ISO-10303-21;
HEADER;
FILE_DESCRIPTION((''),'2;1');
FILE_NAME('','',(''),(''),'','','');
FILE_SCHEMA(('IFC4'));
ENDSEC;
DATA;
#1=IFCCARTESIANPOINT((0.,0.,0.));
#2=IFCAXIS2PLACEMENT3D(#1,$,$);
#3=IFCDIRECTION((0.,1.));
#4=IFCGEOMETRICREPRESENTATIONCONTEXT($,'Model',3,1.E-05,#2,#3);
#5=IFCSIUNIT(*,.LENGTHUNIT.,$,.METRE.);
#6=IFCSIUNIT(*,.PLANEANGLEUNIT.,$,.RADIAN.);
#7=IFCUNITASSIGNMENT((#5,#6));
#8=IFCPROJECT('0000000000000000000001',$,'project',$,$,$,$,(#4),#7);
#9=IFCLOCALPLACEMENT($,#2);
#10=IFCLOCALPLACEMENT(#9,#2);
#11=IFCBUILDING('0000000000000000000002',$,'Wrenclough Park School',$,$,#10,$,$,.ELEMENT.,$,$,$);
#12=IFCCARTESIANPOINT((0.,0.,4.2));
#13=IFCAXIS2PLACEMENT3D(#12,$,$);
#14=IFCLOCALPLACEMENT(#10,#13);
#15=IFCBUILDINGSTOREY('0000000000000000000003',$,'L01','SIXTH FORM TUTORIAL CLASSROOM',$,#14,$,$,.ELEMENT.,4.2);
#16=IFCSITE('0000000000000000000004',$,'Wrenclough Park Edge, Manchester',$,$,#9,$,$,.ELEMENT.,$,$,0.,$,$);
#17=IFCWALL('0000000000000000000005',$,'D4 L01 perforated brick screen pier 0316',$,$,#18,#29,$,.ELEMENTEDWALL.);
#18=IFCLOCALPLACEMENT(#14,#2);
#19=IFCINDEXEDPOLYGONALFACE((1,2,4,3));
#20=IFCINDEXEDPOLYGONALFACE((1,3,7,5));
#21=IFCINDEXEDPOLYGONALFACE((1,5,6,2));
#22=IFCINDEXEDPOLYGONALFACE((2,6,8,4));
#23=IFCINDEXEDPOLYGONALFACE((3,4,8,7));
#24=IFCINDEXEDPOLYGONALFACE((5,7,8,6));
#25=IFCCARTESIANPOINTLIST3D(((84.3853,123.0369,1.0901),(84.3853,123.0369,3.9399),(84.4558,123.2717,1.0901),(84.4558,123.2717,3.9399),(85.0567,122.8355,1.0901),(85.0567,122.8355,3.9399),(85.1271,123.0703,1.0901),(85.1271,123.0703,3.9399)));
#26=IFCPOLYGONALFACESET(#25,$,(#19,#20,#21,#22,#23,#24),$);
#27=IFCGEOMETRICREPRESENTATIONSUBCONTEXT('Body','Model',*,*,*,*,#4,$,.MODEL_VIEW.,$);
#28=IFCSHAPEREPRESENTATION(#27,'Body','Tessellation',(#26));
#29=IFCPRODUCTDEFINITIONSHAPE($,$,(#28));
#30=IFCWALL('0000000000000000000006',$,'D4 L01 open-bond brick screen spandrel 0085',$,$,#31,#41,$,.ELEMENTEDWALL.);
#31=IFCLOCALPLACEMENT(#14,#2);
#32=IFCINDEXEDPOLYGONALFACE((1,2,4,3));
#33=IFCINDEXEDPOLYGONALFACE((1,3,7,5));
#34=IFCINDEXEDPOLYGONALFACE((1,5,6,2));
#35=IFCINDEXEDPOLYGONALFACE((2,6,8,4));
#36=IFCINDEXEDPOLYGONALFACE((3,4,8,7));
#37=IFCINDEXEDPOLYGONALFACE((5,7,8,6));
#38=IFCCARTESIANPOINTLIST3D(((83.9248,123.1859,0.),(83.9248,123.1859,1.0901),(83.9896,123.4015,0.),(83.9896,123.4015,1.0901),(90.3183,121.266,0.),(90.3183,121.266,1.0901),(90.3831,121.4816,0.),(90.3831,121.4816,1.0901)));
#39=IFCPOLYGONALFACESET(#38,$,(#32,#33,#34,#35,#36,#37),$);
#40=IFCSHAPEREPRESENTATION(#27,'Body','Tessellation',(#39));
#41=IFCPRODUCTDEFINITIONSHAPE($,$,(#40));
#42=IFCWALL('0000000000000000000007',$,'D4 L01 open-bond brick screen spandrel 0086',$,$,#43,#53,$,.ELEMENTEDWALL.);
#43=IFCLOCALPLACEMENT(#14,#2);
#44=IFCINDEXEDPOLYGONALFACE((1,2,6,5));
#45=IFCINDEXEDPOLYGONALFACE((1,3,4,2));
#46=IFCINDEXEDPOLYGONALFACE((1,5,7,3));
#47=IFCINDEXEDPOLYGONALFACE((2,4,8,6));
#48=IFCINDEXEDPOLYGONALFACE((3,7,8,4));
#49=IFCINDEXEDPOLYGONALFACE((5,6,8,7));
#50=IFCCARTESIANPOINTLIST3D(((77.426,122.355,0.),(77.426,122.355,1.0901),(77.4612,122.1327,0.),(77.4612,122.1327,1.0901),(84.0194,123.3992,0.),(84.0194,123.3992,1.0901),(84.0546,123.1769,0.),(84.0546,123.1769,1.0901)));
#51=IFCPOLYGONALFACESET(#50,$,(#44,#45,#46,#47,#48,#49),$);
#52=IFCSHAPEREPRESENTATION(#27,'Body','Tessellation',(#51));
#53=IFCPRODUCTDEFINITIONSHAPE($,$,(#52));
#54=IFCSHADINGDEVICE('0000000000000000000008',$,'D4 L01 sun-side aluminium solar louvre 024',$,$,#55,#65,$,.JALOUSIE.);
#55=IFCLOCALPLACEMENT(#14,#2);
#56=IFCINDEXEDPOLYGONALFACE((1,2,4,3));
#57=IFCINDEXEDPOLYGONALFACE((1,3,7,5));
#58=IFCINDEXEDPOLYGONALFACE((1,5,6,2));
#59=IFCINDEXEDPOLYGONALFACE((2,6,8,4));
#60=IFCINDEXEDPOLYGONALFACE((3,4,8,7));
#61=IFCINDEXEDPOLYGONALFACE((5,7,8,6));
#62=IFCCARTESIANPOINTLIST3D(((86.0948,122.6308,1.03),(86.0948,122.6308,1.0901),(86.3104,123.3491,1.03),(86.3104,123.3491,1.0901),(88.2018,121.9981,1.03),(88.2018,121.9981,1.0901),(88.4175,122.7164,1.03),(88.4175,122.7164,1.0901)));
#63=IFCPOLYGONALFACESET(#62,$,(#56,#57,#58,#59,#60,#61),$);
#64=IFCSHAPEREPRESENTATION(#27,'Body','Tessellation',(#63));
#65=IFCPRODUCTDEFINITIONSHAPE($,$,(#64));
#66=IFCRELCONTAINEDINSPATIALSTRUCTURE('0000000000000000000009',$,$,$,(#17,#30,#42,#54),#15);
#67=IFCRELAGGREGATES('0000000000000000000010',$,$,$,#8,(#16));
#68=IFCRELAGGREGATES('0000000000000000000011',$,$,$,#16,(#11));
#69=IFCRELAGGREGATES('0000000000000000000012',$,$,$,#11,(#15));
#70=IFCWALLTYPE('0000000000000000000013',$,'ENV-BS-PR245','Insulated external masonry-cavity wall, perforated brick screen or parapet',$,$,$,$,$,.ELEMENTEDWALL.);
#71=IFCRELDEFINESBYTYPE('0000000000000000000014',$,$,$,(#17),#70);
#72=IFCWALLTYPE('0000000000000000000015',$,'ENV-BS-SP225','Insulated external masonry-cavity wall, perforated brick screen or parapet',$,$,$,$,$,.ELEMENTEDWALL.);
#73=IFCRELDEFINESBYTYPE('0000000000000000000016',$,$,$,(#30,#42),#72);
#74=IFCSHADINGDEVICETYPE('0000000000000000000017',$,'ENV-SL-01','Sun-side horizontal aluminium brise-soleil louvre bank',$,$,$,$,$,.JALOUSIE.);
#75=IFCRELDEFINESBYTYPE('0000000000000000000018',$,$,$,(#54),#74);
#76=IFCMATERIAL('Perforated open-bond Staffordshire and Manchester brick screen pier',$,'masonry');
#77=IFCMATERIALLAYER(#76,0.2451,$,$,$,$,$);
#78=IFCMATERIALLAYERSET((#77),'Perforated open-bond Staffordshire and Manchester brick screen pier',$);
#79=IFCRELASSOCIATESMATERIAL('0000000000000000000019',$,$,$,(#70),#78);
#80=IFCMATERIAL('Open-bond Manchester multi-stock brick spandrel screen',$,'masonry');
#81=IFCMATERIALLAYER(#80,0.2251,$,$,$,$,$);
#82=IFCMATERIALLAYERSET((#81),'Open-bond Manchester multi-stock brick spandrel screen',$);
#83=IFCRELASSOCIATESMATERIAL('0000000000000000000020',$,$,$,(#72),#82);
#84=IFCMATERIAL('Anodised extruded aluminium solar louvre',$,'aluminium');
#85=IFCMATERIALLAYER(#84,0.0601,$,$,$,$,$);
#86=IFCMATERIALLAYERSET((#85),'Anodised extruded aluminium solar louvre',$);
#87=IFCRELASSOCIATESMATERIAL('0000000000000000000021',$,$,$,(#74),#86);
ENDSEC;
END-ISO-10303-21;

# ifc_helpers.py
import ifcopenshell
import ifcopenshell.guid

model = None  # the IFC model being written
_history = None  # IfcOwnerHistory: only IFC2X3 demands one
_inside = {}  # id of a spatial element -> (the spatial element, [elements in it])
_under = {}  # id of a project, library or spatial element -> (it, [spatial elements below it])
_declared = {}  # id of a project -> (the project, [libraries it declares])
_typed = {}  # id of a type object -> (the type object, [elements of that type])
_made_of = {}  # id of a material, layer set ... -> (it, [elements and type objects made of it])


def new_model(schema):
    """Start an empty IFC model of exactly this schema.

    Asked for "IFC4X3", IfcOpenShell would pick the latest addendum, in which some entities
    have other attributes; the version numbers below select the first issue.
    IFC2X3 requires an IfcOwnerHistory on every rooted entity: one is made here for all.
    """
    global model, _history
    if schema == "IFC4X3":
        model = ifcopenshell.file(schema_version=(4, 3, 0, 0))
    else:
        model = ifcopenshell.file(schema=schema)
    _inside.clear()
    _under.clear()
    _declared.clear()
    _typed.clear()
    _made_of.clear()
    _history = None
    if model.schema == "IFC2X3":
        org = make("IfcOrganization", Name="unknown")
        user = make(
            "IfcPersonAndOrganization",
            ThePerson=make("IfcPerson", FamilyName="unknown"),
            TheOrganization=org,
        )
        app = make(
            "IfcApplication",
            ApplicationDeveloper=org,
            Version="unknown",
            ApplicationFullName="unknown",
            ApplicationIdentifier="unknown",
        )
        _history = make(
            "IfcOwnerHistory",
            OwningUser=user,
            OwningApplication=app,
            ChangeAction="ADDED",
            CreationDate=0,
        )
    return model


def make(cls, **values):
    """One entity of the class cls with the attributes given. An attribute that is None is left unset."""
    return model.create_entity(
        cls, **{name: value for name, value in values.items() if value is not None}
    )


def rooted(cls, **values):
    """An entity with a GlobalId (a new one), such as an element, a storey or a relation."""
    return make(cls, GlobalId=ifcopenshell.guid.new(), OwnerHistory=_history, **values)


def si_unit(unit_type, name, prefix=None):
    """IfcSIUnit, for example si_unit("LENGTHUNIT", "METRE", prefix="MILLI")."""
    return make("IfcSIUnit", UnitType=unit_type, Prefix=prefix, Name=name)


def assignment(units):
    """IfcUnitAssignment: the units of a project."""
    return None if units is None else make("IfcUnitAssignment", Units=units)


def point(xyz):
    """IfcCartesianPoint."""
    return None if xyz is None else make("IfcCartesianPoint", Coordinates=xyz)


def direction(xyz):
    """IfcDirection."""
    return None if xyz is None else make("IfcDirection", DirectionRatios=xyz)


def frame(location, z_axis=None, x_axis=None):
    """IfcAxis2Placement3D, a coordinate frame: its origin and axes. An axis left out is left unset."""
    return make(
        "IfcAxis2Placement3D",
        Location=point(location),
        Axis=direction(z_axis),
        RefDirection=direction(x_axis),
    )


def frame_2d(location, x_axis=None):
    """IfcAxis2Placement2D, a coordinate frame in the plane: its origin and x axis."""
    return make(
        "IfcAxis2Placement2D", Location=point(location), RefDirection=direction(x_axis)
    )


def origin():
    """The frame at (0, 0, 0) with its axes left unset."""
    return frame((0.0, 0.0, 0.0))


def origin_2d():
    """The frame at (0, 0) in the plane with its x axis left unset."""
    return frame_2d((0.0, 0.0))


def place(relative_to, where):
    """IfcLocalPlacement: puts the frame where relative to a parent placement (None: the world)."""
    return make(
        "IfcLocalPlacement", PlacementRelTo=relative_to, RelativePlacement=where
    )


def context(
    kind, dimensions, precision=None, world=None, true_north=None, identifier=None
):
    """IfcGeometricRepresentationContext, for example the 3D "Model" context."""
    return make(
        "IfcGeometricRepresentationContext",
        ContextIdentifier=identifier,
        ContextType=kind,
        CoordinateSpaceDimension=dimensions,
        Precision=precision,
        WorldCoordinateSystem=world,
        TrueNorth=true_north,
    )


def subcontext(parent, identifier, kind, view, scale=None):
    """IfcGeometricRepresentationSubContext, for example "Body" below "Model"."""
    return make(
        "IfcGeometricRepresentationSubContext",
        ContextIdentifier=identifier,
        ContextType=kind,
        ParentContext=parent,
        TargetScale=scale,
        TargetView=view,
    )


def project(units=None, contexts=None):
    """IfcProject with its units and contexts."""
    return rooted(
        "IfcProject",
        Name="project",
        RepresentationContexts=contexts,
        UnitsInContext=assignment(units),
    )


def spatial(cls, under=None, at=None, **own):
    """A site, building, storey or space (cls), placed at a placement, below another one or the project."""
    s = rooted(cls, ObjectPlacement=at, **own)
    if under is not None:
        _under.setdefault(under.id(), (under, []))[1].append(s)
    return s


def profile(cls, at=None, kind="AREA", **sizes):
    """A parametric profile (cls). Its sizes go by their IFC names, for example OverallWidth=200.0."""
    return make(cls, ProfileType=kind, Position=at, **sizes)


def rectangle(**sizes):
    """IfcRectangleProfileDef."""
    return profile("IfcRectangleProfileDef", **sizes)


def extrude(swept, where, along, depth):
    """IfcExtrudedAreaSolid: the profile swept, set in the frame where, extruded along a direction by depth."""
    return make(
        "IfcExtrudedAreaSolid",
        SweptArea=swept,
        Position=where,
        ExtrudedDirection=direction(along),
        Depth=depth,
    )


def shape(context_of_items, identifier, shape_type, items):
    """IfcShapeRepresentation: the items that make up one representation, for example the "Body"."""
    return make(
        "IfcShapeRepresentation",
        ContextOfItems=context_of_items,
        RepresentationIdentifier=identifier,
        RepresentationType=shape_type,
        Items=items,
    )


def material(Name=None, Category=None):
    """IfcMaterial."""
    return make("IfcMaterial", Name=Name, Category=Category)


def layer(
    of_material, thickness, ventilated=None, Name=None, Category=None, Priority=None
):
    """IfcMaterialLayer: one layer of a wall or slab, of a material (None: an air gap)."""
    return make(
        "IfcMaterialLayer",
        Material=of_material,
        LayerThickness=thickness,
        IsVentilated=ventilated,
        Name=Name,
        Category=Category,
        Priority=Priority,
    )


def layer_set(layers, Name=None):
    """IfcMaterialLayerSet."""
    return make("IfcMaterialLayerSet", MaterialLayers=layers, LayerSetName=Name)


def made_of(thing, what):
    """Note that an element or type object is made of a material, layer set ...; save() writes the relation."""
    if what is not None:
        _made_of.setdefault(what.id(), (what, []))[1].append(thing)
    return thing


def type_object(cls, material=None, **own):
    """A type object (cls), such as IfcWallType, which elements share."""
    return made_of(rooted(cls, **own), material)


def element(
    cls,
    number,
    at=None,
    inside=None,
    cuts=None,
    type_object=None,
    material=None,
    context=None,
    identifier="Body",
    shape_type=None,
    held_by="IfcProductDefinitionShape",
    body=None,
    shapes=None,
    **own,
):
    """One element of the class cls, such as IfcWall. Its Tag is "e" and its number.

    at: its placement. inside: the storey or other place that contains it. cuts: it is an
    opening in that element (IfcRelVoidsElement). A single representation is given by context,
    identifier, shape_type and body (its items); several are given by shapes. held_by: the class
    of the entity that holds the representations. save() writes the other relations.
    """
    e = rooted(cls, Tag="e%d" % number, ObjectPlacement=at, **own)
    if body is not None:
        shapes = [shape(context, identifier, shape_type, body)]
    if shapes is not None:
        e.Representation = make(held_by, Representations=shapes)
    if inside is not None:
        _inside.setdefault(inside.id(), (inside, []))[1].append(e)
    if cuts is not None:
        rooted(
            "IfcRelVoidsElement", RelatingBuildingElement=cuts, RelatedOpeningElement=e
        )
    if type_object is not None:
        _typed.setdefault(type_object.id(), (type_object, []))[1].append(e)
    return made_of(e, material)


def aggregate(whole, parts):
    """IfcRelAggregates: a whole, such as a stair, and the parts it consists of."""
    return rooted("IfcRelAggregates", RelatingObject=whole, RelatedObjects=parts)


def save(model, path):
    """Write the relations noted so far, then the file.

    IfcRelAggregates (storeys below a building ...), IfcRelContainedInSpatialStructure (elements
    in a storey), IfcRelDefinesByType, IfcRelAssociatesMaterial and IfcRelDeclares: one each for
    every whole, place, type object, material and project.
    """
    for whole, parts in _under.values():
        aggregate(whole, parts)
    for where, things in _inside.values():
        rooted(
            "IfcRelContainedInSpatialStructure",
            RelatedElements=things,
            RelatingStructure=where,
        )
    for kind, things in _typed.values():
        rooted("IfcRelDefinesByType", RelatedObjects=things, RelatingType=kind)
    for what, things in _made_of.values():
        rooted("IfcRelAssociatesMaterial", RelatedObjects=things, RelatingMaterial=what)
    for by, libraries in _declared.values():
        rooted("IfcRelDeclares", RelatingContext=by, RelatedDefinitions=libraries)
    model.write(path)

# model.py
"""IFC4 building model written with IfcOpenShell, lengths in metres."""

from ifc_helpers import new_model, si_unit, direction, frame, frame_2d, origin, origin_2d, place, context, subcontext, project, spatial, rectangle, extrude, material, layer, layer_set, type_object, element, save


model = new_model("IFC4")

# Units and contexts
model_context = context("Model", 3, precision=1e-05, world=origin(), true_north=direction((0.0, 1.0)))
body_context = subcontext(model_context, "Body", "Model", "MODEL_VIEW")
ifc_project = project(units=[si_unit("LENGTHUNIT", "METRE"), si_unit("PLANEANGLEUNIT", "RADIAN")], contexts=[model_context])

# Site, building, storey
site_placement = place(None, origin())
site = spatial("IfcSite", under=ifc_project, at=site_placement, Name="Wrenclough Park Edge, Manchester", CompositionType="ELEMENT", RefElevation=0.0)
building_placement = place(site_placement, origin())
building = spatial("IfcBuilding", under=site, at=building_placement, Name="Wrenclough Park School", CompositionType="ELEMENT")
storey_placement = place(building_placement, frame((0.0, 0.0, 4.2)))
storey = spatial("IfcBuildingStorey", under=building, at=storey_placement, Name="L01", Description="SIXTH FORM TUTORIAL CLASSROOM", CompositionType="ELEMENT", Elevation=4.2)

# Walls
ifc_material_1 = material(Name="Perforated open-bond Staffordshire and Manchester brick screen pier", Category="masonry")
ifc_layer_1 = layer(ifc_material_1, 0.2451)
ifc_layer_set_1 = layer_set([ifc_layer_1], Name="Perforated open-bond Staffordshire and Manchester brick screen pier")
wall_type_1 = type_object("IfcWallType", Name="ENV-BS-PR245", Description="Insulated external masonry-cavity wall, perforated brick screen or parapet", PredefinedType="ELEMENTEDWALL", material=ifc_layer_set_1)
for number, where, z_axis, x_axis, name in (
    (1, (85.092, 122.9529, 1.0901), (0.0, 0.0, 1.0), (-0.957826, 0.287348, 0.0), "D4 L01 perforated brick screen pier 0316"),
):
    element("IfcWall", number, at=place(storey_placement, frame(where, z_axis=z_axis, x_axis=x_axis)), inside=storey, type_object=wall_type_1, Name=name, PredefinedType="ELEMENTEDWALL", context=body_context, shape_type="SweptSolid", body=[
        extrude(rectangle(XDim=0.7009, YDim=0.2451, at=frame_2d((0.3506, 0.0))), origin(), (0.0, 0.0, 1.0), 2.8499),
    ])
ifc_material_2 = material(Name="Open-bond Manchester multi-stock brick spandrel screen", Category="masonry")
ifc_layer_2 = layer(ifc_material_2, 0.2251)
ifc_layer_set_2 = layer_set([ifc_layer_2], Name="Open-bond Manchester multi-stock brick spandrel screen")
wall_type_2 = type_object("IfcWallType", Name="ENV-BS-SP225", Description="Insulated external masonry-cavity wall, perforated brick screen or parapet", PredefinedType="ELEMENTEDWALL", material=ifc_layer_set_2)
for number, where, z_axis, x_axis, name in (
    (2, (90.3508, 121.3738, 0.0), (0.0, 0.0, 1.0), (-0.95775, 0.287603, 0.0), "D4 L01 open-bond brick screen spandrel 0085"),
    (3, (84.0371, 123.2881, 0.0), (0.0, 0.0, 1.0), (-0.98769, -0.156423, 0.0), "D4 L01 open-bond brick screen spandrel 0086"),
):
    element("IfcWall", number, at=place(storey_placement, frame(where, z_axis=z_axis, x_axis=x_axis)), inside=storey, type_object=wall_type_2, Name=name, PredefinedType="ELEMENTEDWALL", context=body_context, shape_type="SweptSolid", body=[
        extrude(rectangle(XDim=6.6755, YDim=0.2251, at=frame_2d((3.3379, 0.0))), origin(), (0.0, 0.0, 1.0), 1.0901),
    ])

# Shading device
ifc_material_3 = material(Name="Anodised extruded aluminium solar louvre", Category="aluminium")
ifc_layer_3 = layer(ifc_material_3, 0.0601)
ifc_layer_set_3 = layer_set([ifc_layer_3], Name="Anodised extruded aluminium solar louvre")
shading_device_type = type_object("IfcShadingDeviceType", Name="ENV-SL-01", Description="Sun-side horizontal aluminium brise-soleil louvre bank", PredefinedType="JALOUSIE", material=ifc_layer_set_3)
shading_device_placement = place(storey_placement, frame((87.2561, 122.6736, 1.03), z_axis=(0.0, 0.0, 1.0), x_axis=(-0.957751, 0.287598, 0.0)))
element("IfcShadingDevice", 4, at=shading_device_placement, inside=storey, type_object=shading_device_type, Name="D4 L01 sun-side aluminium solar louvre 024", PredefinedType="JALOUSIE", context=body_context, shape_type="SweptSolid", body=[
    extrude(rectangle(XDim=2.2, YDim=0.75, at=origin_2d()), origin(), (0.0, 0.0, 1.0), 0.0601),
])

save(model, "model.ifc")
